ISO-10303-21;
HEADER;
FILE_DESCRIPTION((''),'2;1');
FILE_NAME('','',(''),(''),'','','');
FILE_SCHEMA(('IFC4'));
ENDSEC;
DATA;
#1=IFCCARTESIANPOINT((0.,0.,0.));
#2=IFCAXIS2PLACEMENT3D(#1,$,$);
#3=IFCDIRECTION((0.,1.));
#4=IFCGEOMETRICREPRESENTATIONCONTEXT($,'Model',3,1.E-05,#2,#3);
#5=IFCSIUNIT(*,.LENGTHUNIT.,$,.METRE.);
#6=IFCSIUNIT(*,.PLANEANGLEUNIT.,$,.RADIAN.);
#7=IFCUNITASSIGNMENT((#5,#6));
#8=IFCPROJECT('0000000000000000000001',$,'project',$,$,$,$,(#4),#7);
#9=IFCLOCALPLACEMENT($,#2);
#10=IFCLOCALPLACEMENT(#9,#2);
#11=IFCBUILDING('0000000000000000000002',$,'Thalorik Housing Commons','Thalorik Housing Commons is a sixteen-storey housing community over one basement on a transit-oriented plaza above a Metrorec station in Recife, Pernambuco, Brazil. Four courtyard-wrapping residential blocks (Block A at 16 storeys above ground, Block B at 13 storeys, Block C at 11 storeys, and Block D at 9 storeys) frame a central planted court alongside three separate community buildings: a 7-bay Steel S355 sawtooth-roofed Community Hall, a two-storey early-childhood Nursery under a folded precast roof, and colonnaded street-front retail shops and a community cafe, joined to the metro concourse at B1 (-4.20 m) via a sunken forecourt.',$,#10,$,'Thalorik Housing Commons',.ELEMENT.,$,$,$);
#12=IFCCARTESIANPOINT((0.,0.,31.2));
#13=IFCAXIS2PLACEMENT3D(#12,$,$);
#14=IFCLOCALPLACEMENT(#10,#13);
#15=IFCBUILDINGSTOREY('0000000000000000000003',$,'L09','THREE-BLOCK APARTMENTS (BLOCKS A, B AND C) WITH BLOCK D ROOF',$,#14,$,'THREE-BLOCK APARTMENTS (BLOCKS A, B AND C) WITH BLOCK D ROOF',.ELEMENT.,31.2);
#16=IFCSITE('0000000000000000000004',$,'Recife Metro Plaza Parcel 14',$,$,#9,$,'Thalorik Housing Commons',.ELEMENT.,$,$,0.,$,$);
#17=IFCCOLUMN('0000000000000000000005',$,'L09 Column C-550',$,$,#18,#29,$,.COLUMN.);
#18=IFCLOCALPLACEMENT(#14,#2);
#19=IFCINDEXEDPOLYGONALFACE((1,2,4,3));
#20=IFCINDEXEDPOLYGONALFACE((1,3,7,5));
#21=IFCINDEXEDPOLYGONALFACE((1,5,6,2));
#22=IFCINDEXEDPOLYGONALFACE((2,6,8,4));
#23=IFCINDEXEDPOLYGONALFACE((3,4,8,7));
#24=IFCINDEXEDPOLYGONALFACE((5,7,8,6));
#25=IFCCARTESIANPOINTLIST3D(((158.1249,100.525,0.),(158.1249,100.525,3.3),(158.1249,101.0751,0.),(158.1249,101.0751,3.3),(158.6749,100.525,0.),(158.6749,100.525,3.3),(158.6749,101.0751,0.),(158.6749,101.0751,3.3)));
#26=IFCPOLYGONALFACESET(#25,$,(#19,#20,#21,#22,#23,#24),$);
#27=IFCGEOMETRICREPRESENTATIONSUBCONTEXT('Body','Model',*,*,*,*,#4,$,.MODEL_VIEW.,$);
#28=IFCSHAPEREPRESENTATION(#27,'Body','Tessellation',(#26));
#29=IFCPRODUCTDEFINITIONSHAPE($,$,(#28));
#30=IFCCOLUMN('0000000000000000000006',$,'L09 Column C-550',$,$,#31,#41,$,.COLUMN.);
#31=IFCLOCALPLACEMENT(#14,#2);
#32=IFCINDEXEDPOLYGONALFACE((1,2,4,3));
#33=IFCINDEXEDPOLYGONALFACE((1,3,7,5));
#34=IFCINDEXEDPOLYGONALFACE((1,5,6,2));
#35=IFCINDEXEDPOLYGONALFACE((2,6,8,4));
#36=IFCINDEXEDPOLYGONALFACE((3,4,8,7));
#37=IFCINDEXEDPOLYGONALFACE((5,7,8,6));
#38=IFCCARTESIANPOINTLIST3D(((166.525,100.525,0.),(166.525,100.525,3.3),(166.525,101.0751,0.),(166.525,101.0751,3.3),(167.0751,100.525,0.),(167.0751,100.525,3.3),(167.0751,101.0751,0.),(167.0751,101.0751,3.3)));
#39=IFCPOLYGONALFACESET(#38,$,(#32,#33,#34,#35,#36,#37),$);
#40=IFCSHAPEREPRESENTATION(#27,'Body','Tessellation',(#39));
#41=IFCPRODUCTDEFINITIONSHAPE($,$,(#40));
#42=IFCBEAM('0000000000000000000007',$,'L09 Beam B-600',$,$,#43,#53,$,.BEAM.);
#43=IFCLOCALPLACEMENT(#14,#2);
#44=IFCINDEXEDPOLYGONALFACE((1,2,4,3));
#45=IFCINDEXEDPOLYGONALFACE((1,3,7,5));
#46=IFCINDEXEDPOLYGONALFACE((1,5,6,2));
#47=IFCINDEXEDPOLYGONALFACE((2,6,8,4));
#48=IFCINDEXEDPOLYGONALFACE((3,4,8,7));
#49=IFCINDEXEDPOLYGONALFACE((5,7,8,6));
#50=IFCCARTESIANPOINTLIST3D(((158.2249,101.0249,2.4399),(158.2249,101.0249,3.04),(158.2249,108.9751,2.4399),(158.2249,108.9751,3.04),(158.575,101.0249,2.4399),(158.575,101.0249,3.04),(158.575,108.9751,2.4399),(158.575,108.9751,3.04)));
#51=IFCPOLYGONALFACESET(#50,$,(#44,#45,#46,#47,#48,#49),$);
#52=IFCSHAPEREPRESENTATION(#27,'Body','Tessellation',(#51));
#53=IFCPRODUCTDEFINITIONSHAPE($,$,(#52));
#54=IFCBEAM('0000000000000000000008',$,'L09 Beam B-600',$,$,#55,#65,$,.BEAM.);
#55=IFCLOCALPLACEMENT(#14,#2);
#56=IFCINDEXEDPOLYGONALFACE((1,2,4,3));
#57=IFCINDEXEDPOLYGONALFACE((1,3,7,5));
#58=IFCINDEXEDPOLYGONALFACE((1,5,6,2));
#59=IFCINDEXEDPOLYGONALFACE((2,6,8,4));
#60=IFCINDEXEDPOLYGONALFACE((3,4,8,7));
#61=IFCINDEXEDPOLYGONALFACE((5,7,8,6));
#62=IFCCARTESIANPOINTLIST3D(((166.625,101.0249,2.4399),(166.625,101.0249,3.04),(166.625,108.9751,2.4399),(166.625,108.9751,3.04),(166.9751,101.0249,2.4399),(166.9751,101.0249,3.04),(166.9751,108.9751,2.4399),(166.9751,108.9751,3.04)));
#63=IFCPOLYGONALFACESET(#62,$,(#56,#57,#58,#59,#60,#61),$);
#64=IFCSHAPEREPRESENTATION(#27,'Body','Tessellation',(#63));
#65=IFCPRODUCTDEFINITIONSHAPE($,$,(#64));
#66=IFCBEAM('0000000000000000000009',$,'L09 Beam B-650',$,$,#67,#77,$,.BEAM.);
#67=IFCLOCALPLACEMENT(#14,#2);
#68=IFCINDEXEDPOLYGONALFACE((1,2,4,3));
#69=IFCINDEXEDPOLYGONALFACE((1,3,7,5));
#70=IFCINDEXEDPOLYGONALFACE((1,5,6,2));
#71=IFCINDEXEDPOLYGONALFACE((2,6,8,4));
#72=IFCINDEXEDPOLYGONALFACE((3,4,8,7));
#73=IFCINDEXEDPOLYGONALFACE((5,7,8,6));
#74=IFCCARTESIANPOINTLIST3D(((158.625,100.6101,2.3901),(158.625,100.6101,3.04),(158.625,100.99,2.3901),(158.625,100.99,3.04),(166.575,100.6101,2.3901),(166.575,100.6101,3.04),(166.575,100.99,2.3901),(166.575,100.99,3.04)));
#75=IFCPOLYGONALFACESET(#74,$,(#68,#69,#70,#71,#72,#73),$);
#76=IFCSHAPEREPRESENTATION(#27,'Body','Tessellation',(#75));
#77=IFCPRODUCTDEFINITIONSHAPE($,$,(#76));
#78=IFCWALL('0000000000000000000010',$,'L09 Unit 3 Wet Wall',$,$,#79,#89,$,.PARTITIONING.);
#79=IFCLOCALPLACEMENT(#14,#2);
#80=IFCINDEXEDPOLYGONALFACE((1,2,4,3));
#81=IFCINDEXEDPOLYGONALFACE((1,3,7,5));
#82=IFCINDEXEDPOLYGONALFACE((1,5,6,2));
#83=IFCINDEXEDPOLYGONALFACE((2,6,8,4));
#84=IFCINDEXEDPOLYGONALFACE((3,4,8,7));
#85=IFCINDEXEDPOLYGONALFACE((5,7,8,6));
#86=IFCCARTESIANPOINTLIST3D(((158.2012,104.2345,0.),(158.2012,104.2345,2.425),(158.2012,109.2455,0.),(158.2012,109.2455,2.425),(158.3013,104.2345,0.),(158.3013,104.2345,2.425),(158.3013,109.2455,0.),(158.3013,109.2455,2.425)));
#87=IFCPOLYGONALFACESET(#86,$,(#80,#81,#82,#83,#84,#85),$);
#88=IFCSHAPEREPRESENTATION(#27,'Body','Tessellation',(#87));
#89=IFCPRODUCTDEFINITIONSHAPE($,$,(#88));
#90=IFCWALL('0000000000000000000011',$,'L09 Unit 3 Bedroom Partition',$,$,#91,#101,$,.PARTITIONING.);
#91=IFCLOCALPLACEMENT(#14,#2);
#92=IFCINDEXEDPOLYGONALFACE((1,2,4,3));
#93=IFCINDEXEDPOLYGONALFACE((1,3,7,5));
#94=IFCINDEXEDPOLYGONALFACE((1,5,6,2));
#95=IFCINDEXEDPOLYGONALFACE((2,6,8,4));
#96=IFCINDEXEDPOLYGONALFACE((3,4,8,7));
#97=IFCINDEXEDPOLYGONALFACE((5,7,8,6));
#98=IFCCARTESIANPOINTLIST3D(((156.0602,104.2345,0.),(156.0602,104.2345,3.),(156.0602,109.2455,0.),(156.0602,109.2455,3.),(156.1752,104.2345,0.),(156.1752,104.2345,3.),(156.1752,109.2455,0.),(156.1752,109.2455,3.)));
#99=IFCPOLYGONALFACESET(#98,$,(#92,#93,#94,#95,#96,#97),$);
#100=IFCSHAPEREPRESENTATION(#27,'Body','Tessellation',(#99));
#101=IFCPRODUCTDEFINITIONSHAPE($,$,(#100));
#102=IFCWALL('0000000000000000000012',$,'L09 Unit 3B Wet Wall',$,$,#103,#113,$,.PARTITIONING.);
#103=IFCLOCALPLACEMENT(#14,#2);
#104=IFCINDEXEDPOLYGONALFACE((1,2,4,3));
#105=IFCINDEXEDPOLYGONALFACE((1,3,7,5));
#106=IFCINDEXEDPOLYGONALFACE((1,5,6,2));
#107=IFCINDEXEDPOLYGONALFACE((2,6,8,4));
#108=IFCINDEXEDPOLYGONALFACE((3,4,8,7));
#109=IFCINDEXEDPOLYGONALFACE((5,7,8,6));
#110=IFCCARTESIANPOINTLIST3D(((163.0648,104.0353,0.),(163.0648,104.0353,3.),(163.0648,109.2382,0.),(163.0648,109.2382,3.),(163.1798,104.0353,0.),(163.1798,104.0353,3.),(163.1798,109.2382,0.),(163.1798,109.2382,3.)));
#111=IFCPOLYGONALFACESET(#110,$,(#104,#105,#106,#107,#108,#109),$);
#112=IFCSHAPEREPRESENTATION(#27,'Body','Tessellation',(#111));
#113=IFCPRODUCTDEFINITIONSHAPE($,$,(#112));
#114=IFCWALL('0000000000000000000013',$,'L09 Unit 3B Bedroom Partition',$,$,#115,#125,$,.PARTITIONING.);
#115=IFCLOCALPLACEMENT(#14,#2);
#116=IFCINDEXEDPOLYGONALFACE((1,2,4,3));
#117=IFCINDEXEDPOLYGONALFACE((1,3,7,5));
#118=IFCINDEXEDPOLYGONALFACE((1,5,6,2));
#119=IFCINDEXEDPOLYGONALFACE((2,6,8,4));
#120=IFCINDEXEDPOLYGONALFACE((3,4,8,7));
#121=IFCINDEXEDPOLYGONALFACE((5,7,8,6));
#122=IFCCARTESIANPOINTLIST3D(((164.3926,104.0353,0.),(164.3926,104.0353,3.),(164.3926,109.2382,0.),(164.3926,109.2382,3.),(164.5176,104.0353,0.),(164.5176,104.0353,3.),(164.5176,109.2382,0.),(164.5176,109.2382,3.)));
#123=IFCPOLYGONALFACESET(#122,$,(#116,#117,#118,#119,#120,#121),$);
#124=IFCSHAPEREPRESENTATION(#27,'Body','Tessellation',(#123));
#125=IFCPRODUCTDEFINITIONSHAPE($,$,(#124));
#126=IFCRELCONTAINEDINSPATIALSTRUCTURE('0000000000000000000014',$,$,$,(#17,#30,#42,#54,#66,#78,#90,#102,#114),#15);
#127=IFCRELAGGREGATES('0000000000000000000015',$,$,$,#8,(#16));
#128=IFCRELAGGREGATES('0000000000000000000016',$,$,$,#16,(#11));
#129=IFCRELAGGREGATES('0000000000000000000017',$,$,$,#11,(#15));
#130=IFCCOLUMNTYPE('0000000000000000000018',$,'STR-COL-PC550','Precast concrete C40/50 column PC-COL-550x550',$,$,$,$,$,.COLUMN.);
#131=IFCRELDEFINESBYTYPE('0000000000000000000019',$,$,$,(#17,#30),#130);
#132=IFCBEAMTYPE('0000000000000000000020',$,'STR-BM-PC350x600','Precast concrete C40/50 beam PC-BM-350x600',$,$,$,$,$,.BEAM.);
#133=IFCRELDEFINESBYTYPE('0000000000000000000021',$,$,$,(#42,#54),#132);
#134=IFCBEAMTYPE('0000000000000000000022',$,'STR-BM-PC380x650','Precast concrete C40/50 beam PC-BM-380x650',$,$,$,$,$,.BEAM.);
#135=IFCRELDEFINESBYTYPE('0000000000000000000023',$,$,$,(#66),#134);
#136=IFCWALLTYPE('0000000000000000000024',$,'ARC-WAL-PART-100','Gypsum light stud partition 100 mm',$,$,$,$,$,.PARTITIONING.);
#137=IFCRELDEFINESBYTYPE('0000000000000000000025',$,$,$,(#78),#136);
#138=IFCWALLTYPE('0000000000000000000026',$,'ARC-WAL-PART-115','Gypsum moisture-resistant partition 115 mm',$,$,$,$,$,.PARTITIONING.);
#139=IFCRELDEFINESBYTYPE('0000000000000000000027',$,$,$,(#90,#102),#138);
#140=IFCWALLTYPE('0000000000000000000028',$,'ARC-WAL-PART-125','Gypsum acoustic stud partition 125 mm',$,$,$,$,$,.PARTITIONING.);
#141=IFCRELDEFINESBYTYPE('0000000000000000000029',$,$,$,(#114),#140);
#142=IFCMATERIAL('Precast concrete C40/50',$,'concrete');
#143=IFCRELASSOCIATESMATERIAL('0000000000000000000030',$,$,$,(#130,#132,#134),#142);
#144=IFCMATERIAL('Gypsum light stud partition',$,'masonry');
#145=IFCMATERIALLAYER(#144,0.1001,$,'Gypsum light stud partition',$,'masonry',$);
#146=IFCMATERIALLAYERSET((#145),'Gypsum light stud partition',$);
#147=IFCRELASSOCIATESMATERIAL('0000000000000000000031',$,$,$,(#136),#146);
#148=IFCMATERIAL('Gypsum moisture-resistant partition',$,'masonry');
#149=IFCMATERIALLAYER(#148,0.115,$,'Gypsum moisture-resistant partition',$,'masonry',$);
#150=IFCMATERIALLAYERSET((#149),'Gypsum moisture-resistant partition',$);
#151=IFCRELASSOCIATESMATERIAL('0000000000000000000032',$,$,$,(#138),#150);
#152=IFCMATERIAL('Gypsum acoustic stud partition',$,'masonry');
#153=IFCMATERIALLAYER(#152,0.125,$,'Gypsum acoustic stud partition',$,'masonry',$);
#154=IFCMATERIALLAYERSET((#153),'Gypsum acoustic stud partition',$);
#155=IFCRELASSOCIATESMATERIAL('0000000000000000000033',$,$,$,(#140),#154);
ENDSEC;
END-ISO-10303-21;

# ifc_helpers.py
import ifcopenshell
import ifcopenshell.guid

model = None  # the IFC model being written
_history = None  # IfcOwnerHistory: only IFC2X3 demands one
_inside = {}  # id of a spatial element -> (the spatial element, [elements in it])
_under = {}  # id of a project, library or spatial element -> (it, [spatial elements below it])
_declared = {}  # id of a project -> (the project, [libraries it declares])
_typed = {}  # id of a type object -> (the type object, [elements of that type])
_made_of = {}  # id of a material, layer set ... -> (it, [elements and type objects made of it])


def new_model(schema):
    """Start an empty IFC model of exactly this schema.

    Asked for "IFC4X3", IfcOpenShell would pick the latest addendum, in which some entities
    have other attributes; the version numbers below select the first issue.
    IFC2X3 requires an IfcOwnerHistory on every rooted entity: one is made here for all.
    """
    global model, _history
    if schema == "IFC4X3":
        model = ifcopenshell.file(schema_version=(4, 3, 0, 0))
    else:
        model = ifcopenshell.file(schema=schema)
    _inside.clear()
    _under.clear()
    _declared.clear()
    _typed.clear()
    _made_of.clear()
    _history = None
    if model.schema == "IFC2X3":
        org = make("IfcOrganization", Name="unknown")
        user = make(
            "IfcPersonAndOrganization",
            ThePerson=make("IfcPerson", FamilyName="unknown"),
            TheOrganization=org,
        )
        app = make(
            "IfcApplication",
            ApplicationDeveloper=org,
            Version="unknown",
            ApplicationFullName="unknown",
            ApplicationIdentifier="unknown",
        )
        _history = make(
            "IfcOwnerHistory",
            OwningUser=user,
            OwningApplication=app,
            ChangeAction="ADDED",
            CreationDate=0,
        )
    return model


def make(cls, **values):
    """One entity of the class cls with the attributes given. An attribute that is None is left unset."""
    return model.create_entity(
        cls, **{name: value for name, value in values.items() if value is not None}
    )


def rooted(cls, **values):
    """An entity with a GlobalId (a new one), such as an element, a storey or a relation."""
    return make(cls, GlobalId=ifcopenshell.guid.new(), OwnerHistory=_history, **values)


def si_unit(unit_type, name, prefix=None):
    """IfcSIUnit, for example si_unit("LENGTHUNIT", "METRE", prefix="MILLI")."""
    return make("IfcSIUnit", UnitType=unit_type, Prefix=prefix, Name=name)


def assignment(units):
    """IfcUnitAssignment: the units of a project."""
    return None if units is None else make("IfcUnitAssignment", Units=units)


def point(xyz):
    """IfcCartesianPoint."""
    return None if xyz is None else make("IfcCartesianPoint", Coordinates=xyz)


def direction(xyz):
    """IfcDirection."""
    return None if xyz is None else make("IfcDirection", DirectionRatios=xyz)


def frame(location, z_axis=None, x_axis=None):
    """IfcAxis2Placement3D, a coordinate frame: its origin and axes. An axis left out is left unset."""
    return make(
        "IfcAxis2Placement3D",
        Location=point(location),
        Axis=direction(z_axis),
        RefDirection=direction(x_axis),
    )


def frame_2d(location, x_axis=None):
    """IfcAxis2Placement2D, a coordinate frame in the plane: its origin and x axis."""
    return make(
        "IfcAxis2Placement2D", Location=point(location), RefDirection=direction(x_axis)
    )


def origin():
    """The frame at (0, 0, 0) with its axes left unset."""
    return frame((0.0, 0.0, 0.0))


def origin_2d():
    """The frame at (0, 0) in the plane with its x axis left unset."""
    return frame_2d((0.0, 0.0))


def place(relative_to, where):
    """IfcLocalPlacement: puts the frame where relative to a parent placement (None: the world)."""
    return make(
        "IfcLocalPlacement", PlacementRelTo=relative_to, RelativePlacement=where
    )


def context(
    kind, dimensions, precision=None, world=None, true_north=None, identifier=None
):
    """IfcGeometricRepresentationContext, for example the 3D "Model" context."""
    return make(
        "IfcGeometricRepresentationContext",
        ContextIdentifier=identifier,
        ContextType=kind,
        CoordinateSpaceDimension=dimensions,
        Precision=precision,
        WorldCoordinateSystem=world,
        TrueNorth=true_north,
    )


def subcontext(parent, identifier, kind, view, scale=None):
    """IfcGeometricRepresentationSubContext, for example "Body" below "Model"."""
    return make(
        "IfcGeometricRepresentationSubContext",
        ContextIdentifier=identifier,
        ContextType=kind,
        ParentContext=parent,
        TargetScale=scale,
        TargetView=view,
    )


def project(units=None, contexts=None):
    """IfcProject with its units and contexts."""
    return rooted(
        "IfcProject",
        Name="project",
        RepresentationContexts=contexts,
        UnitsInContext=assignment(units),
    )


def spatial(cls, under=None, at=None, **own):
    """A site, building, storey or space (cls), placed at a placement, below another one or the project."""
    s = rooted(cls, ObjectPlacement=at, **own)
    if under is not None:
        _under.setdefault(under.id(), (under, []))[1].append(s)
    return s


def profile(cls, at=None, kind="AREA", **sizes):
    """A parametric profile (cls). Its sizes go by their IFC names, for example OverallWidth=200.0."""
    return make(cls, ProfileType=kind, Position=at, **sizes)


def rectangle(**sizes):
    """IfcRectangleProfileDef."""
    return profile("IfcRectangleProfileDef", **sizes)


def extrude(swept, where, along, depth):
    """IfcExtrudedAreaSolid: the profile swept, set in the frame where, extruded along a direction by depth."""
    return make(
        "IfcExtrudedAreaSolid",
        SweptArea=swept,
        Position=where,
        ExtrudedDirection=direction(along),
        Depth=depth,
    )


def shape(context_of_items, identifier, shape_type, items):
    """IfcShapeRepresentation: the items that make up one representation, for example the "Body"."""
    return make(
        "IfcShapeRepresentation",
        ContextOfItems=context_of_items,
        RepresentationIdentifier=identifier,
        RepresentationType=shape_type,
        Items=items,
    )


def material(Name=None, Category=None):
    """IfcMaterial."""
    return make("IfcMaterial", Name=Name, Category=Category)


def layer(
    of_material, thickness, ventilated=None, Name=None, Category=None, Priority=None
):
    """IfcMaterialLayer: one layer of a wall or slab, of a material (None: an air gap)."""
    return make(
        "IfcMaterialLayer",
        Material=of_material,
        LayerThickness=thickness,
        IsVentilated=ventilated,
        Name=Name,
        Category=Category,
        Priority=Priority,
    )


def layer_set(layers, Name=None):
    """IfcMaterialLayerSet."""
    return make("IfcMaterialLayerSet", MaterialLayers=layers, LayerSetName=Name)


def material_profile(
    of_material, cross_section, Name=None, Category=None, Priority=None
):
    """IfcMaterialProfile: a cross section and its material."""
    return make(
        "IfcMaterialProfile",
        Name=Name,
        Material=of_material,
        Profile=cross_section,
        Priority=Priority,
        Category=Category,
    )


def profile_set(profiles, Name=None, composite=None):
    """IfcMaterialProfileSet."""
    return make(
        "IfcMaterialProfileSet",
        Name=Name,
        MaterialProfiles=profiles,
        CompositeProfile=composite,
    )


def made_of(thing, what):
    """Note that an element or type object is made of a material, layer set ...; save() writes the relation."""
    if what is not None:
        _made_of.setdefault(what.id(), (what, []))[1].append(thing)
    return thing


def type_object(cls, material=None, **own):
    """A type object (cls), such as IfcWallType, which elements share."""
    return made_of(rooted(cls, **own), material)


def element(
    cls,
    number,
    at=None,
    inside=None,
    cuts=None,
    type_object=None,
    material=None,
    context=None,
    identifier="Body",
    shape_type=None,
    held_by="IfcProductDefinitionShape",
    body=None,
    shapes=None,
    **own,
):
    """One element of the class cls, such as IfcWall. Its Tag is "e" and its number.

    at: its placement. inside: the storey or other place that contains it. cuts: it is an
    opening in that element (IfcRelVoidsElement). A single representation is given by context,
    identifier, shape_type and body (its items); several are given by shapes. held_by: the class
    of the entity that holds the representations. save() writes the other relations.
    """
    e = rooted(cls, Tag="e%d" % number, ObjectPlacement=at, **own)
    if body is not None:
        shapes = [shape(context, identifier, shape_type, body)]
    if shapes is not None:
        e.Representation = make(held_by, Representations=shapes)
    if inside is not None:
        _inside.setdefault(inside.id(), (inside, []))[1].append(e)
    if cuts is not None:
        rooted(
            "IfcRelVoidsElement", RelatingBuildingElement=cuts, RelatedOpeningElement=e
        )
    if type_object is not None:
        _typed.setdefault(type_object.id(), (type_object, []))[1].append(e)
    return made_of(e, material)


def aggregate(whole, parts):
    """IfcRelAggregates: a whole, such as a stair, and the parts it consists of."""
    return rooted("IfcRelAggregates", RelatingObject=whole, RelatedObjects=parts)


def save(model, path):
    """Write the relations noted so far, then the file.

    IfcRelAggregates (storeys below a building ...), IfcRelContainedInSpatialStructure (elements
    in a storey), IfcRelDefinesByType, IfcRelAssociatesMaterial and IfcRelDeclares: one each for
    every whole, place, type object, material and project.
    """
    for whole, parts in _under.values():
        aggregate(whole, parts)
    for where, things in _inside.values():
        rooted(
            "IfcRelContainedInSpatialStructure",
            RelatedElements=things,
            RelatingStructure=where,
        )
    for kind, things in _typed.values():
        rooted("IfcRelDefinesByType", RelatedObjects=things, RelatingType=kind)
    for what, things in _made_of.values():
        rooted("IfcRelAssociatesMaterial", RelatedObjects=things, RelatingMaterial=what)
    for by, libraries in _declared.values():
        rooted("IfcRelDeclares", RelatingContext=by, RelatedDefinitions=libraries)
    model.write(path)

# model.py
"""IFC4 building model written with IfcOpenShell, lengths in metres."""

from ifc_helpers import new_model, si_unit, direction, frame, frame_2d, origin, origin_2d, place, context, subcontext, project, spatial, rectangle, extrude, material, layer, layer_set, material_profile, profile_set, type_object, element, save


model = new_model("IFC4")

# Units and contexts
model_context = context("Model", 3, precision=1e-05, world=origin(), true_north=direction((0.0, 1.0)))
body_context = subcontext(model_context, "Body", "Model", "MODEL_VIEW")
ifc_project = project(units=[si_unit("LENGTHUNIT", "METRE"), si_unit("PLANEANGLEUNIT", "RADIAN")], contexts=[model_context])

# Site, building, storey
site_placement = place(None, origin())
site = spatial("IfcSite", under=ifc_project, at=site_placement, Name="Recife Metro Plaza Parcel 14", LongName="Thalorik Housing Commons", CompositionType="ELEMENT", RefElevation=0.0)
building_placement = place(site_placement, origin())
building = spatial("IfcBuilding", under=site, at=building_placement, Name="Thalorik Housing Commons", Description="Thalorik Housing Commons is a sixteen-storey housing community over one basement on a transit-oriented plaza above a Metrorec station in Recife, Pernambuco, Brazil. Four courtyard-wrapping residential blocks (Block A at 16 storeys above ground, Block B at 13 storeys, Block C at 11 storeys, and Block D at 9 storeys) frame a central planted court alongside three separate community buildings: a 7-bay Steel S355 sawtooth-roofed Community Hall, a two-storey early-childhood Nursery under a folded precast roof, and colonnaded street-front retail shops and a community cafe, joined to the metro concourse at B1 (-4.20 m) via a sunken forecourt.", LongName="Thalorik Housing Commons", CompositionType="ELEMENT")
storey_placement = place(building_placement, frame((0.0, 0.0, 31.2)))
storey = spatial("IfcBuildingStorey", under=building, at=storey_placement, Name="L09", Description="THREE-BLOCK APARTMENTS (BLOCKS A, B AND C) WITH BLOCK D ROOF", LongName="THREE-BLOCK APARTMENTS (BLOCKS A, B AND C) WITH BLOCK D ROOF", CompositionType="ELEMENT", Elevation=31.2)

# Columns
ifc_material_1 = material(Name="Precast concrete C40/50", Category="concrete")
ifc_material_profile_1 = material_profile(ifc_material_1, rectangle(XDim=0.55, YDim=0.55, at=origin_2d()), Name="PC 550x550", Category="concrete")
ifc_profile_set_1 = profile_set([ifc_material_profile_1], Name="Precast concrete C40/50")
column_type = type_object("IfcColumnType", Name="STR-COL-PC550", Description="Precast concrete C40/50 column PC-COL-550x550", PredefinedType="COLUMN", material=ifc_profile_set_1)
for number, where, z_axis, x_axis, name in (
    (1, (158.3999, 100.8, 0.0), (0.0, 0.0, 1.0), (1.0, 0.0, 0.0), "L09 Column C-550"),
    (2, (166.8, 100.8, 0.0), (0.0, 0.0, 1.0), (1.0, 0.0, 0.0), "L09 Column C-550"),
):
    element("IfcColumn", number, at=place(storey_placement, frame(where, z_axis=z_axis, x_axis=x_axis)), inside=storey, type_object=column_type, Name=name, PredefinedType="COLUMN", context=body_context, shape_type="SweptSolid", body=[
        extrude(rectangle(XDim=0.55, YDim=0.55, at=origin_2d()), origin(), (0.0, 0.0, 1.0), 3.3),
    ])

# Beams
ifc_material_profile_2 = material_profile(ifc_material_1, rectangle(XDim=0.3501, YDim=0.6001, at=origin_2d()), Name="PC 350x600", Category="concrete")
ifc_profile_set_2 = profile_set([ifc_material_profile_2], Name="Precast concrete C40/50")
beam_type_1 = type_object("IfcBeamType", Name="STR-BM-PC350x600", Description="Precast concrete C40/50 beam PC-BM-350x600", PredefinedType="BEAM", material=ifc_profile_set_2)
for number, where, z_axis, x_axis, name in (
    (3, (158.3999, 101.0249, 2.74), (0.0, 1.0, 0.0), (-1.0, 0.0, 0.0), "L09 Beam B-600"),
    (4, (166.8, 101.0249, 2.74), (0.0, 1.0, 0.0), (-1.0, 0.0, 0.0), "L09 Beam B-600"),
):
    element("IfcBeam", number, at=place(storey_placement, frame(where, z_axis=z_axis, x_axis=x_axis)), inside=storey, type_object=beam_type_1, Name=name, PredefinedType="BEAM", context=body_context, shape_type="SweptSolid", body=[
        extrude(rectangle(XDim=0.3501, YDim=0.6001, at=origin_2d()), origin(), (0.0, 0.0, 1.0), 7.9502),
    ])
ifc_material_profile_3 = material_profile(ifc_material_1, rectangle(XDim=0.3799, YDim=0.6499, at=origin_2d()), Name="PC 380x650", Category="concrete")
ifc_profile_set_3 = profile_set([ifc_material_profile_3], Name="Precast concrete C40/50")
beam_type_2 = type_object("IfcBeamType", Name="STR-BM-PC380x650", Description="Precast concrete C40/50 beam PC-BM-380x650", PredefinedType="BEAM", material=ifc_profile_set_3)
beam_placement = place(storey_placement, frame((158.625, 100.8, 2.7151), z_axis=(1.0, 0.0, 0.0), x_axis=(0.0, 1.0, 0.0)))
element("IfcBeam", 5, at=beam_placement, inside=storey, type_object=beam_type_2, Name="L09 Beam B-650", PredefinedType="BEAM", context=body_context, shape_type="SweptSolid", body=[
    extrude(rectangle(XDim=0.3799, YDim=0.6499, at=origin_2d()), origin(), (0.0, 0.0, 1.0), 7.95),
])

# Walls
ifc_material_2 = material(Name="Gypsum light stud partition", Category="masonry")
ifc_layer_1 = layer(ifc_material_2, 0.1001, Name="Gypsum light stud partition", Category="masonry")
ifc_layer_set_1 = layer_set([ifc_layer_1], Name="Gypsum light stud partition")
wall_type_1 = type_object("IfcWallType", Name="ARC-WAL-PART-100", Description="Gypsum light stud partition 100 mm", PredefinedType="PARTITIONING", material=ifc_layer_set_1)
wall_1_placement = place(storey_placement, frame((158.2512, 104.2346, 0.0), z_axis=(0.0, 0.0, 1.0), x_axis=(0.0, 1.0, 0.0)))
element("IfcWall", 6, at=wall_1_placement, inside=storey, type_object=wall_type_1, Name="L09 Unit 3 Wet Wall", PredefinedType="PARTITIONING", context=body_context, shape_type="SweptSolid", body=[
    extrude(rectangle(XDim=5.011, YDim=0.1001, at=frame_2d((2.5054, 0.0))), origin(), (0.0, 0.0, 1.0), 2.425),
])
ifc_material_3 = material(Name="Gypsum moisture-resistant partition", Category="masonry")
ifc_layer_2 = layer(ifc_material_3, 0.115, Name="Gypsum moisture-resistant partition", Category="masonry")
ifc_layer_set_2 = layer_set([ifc_layer_2], Name="Gypsum moisture-resistant partition")
wall_type_2 = type_object("IfcWallType", Name="ARC-WAL-PART-115", Description="Gypsum moisture-resistant partition 115 mm", PredefinedType="PARTITIONING", material=ifc_layer_set_2)
wall_2_placement = place(storey_placement, frame((156.1177, 104.2346, 0.0), z_axis=(0.0, 0.0, 1.0), x_axis=(0.0, 1.0, 0.0)))
element("IfcWall", 7, at=wall_2_placement, inside=storey, type_object=wall_type_2, Name="L09 Unit 3 Bedroom Partition", PredefinedType="PARTITIONING", context=body_context, shape_type="SweptSolid", body=[
    extrude(rectangle(XDim=5.011, YDim=0.115, at=frame_2d((2.5054, 0.0))), origin(), (0.0, 0.0, 1.0), 3.0),
])
wall_3_placement = place(storey_placement, frame((163.1223, 104.0352, 0.0), z_axis=(0.0, 0.0, 1.0), x_axis=(0.0, 1.0, 0.0)))
element("IfcWall", 8, at=wall_3_placement, inside=storey, type_object=wall_type_2, Name="L09 Unit 3B Wet Wall", PredefinedType="PARTITIONING", context=body_context, shape_type="SweptSolid", body=[
    extrude(rectangle(XDim=5.2029, YDim=0.115, at=frame_2d((2.6016, 0.0))), origin(), (0.0, 0.0, 1.0), 3.0),
])
ifc_material_4 = material(Name="Gypsum acoustic stud partition", Category="masonry")
ifc_layer_3 = layer(ifc_material_4, 0.125, Name="Gypsum acoustic stud partition", Category="masonry")
ifc_layer_set_3 = layer_set([ifc_layer_3], Name="Gypsum acoustic stud partition")
wall_type_3 = type_object("IfcWallType", Name="ARC-WAL-PART-125", Description="Gypsum acoustic stud partition 125 mm", PredefinedType="PARTITIONING", material=ifc_layer_set_3)
wall_4_placement = place(storey_placement, frame((164.4551, 104.0352, 0.0), z_axis=(0.0, 0.0, 1.0), x_axis=(0.0, 1.0, 0.0)))
element("IfcWall", 9, at=wall_4_placement, inside=storey, type_object=wall_type_3, Name="L09 Unit 3B Bedroom Partition", PredefinedType="PARTITIONING", context=body_context, shape_type="SweptSolid", body=[
    extrude(rectangle(XDim=5.2029, YDim=0.125, at=frame_2d((2.6016, 0.0))), origin(), (0.0, 0.0, 1.0), 3.0),
])

save(model, "model.ifc")
